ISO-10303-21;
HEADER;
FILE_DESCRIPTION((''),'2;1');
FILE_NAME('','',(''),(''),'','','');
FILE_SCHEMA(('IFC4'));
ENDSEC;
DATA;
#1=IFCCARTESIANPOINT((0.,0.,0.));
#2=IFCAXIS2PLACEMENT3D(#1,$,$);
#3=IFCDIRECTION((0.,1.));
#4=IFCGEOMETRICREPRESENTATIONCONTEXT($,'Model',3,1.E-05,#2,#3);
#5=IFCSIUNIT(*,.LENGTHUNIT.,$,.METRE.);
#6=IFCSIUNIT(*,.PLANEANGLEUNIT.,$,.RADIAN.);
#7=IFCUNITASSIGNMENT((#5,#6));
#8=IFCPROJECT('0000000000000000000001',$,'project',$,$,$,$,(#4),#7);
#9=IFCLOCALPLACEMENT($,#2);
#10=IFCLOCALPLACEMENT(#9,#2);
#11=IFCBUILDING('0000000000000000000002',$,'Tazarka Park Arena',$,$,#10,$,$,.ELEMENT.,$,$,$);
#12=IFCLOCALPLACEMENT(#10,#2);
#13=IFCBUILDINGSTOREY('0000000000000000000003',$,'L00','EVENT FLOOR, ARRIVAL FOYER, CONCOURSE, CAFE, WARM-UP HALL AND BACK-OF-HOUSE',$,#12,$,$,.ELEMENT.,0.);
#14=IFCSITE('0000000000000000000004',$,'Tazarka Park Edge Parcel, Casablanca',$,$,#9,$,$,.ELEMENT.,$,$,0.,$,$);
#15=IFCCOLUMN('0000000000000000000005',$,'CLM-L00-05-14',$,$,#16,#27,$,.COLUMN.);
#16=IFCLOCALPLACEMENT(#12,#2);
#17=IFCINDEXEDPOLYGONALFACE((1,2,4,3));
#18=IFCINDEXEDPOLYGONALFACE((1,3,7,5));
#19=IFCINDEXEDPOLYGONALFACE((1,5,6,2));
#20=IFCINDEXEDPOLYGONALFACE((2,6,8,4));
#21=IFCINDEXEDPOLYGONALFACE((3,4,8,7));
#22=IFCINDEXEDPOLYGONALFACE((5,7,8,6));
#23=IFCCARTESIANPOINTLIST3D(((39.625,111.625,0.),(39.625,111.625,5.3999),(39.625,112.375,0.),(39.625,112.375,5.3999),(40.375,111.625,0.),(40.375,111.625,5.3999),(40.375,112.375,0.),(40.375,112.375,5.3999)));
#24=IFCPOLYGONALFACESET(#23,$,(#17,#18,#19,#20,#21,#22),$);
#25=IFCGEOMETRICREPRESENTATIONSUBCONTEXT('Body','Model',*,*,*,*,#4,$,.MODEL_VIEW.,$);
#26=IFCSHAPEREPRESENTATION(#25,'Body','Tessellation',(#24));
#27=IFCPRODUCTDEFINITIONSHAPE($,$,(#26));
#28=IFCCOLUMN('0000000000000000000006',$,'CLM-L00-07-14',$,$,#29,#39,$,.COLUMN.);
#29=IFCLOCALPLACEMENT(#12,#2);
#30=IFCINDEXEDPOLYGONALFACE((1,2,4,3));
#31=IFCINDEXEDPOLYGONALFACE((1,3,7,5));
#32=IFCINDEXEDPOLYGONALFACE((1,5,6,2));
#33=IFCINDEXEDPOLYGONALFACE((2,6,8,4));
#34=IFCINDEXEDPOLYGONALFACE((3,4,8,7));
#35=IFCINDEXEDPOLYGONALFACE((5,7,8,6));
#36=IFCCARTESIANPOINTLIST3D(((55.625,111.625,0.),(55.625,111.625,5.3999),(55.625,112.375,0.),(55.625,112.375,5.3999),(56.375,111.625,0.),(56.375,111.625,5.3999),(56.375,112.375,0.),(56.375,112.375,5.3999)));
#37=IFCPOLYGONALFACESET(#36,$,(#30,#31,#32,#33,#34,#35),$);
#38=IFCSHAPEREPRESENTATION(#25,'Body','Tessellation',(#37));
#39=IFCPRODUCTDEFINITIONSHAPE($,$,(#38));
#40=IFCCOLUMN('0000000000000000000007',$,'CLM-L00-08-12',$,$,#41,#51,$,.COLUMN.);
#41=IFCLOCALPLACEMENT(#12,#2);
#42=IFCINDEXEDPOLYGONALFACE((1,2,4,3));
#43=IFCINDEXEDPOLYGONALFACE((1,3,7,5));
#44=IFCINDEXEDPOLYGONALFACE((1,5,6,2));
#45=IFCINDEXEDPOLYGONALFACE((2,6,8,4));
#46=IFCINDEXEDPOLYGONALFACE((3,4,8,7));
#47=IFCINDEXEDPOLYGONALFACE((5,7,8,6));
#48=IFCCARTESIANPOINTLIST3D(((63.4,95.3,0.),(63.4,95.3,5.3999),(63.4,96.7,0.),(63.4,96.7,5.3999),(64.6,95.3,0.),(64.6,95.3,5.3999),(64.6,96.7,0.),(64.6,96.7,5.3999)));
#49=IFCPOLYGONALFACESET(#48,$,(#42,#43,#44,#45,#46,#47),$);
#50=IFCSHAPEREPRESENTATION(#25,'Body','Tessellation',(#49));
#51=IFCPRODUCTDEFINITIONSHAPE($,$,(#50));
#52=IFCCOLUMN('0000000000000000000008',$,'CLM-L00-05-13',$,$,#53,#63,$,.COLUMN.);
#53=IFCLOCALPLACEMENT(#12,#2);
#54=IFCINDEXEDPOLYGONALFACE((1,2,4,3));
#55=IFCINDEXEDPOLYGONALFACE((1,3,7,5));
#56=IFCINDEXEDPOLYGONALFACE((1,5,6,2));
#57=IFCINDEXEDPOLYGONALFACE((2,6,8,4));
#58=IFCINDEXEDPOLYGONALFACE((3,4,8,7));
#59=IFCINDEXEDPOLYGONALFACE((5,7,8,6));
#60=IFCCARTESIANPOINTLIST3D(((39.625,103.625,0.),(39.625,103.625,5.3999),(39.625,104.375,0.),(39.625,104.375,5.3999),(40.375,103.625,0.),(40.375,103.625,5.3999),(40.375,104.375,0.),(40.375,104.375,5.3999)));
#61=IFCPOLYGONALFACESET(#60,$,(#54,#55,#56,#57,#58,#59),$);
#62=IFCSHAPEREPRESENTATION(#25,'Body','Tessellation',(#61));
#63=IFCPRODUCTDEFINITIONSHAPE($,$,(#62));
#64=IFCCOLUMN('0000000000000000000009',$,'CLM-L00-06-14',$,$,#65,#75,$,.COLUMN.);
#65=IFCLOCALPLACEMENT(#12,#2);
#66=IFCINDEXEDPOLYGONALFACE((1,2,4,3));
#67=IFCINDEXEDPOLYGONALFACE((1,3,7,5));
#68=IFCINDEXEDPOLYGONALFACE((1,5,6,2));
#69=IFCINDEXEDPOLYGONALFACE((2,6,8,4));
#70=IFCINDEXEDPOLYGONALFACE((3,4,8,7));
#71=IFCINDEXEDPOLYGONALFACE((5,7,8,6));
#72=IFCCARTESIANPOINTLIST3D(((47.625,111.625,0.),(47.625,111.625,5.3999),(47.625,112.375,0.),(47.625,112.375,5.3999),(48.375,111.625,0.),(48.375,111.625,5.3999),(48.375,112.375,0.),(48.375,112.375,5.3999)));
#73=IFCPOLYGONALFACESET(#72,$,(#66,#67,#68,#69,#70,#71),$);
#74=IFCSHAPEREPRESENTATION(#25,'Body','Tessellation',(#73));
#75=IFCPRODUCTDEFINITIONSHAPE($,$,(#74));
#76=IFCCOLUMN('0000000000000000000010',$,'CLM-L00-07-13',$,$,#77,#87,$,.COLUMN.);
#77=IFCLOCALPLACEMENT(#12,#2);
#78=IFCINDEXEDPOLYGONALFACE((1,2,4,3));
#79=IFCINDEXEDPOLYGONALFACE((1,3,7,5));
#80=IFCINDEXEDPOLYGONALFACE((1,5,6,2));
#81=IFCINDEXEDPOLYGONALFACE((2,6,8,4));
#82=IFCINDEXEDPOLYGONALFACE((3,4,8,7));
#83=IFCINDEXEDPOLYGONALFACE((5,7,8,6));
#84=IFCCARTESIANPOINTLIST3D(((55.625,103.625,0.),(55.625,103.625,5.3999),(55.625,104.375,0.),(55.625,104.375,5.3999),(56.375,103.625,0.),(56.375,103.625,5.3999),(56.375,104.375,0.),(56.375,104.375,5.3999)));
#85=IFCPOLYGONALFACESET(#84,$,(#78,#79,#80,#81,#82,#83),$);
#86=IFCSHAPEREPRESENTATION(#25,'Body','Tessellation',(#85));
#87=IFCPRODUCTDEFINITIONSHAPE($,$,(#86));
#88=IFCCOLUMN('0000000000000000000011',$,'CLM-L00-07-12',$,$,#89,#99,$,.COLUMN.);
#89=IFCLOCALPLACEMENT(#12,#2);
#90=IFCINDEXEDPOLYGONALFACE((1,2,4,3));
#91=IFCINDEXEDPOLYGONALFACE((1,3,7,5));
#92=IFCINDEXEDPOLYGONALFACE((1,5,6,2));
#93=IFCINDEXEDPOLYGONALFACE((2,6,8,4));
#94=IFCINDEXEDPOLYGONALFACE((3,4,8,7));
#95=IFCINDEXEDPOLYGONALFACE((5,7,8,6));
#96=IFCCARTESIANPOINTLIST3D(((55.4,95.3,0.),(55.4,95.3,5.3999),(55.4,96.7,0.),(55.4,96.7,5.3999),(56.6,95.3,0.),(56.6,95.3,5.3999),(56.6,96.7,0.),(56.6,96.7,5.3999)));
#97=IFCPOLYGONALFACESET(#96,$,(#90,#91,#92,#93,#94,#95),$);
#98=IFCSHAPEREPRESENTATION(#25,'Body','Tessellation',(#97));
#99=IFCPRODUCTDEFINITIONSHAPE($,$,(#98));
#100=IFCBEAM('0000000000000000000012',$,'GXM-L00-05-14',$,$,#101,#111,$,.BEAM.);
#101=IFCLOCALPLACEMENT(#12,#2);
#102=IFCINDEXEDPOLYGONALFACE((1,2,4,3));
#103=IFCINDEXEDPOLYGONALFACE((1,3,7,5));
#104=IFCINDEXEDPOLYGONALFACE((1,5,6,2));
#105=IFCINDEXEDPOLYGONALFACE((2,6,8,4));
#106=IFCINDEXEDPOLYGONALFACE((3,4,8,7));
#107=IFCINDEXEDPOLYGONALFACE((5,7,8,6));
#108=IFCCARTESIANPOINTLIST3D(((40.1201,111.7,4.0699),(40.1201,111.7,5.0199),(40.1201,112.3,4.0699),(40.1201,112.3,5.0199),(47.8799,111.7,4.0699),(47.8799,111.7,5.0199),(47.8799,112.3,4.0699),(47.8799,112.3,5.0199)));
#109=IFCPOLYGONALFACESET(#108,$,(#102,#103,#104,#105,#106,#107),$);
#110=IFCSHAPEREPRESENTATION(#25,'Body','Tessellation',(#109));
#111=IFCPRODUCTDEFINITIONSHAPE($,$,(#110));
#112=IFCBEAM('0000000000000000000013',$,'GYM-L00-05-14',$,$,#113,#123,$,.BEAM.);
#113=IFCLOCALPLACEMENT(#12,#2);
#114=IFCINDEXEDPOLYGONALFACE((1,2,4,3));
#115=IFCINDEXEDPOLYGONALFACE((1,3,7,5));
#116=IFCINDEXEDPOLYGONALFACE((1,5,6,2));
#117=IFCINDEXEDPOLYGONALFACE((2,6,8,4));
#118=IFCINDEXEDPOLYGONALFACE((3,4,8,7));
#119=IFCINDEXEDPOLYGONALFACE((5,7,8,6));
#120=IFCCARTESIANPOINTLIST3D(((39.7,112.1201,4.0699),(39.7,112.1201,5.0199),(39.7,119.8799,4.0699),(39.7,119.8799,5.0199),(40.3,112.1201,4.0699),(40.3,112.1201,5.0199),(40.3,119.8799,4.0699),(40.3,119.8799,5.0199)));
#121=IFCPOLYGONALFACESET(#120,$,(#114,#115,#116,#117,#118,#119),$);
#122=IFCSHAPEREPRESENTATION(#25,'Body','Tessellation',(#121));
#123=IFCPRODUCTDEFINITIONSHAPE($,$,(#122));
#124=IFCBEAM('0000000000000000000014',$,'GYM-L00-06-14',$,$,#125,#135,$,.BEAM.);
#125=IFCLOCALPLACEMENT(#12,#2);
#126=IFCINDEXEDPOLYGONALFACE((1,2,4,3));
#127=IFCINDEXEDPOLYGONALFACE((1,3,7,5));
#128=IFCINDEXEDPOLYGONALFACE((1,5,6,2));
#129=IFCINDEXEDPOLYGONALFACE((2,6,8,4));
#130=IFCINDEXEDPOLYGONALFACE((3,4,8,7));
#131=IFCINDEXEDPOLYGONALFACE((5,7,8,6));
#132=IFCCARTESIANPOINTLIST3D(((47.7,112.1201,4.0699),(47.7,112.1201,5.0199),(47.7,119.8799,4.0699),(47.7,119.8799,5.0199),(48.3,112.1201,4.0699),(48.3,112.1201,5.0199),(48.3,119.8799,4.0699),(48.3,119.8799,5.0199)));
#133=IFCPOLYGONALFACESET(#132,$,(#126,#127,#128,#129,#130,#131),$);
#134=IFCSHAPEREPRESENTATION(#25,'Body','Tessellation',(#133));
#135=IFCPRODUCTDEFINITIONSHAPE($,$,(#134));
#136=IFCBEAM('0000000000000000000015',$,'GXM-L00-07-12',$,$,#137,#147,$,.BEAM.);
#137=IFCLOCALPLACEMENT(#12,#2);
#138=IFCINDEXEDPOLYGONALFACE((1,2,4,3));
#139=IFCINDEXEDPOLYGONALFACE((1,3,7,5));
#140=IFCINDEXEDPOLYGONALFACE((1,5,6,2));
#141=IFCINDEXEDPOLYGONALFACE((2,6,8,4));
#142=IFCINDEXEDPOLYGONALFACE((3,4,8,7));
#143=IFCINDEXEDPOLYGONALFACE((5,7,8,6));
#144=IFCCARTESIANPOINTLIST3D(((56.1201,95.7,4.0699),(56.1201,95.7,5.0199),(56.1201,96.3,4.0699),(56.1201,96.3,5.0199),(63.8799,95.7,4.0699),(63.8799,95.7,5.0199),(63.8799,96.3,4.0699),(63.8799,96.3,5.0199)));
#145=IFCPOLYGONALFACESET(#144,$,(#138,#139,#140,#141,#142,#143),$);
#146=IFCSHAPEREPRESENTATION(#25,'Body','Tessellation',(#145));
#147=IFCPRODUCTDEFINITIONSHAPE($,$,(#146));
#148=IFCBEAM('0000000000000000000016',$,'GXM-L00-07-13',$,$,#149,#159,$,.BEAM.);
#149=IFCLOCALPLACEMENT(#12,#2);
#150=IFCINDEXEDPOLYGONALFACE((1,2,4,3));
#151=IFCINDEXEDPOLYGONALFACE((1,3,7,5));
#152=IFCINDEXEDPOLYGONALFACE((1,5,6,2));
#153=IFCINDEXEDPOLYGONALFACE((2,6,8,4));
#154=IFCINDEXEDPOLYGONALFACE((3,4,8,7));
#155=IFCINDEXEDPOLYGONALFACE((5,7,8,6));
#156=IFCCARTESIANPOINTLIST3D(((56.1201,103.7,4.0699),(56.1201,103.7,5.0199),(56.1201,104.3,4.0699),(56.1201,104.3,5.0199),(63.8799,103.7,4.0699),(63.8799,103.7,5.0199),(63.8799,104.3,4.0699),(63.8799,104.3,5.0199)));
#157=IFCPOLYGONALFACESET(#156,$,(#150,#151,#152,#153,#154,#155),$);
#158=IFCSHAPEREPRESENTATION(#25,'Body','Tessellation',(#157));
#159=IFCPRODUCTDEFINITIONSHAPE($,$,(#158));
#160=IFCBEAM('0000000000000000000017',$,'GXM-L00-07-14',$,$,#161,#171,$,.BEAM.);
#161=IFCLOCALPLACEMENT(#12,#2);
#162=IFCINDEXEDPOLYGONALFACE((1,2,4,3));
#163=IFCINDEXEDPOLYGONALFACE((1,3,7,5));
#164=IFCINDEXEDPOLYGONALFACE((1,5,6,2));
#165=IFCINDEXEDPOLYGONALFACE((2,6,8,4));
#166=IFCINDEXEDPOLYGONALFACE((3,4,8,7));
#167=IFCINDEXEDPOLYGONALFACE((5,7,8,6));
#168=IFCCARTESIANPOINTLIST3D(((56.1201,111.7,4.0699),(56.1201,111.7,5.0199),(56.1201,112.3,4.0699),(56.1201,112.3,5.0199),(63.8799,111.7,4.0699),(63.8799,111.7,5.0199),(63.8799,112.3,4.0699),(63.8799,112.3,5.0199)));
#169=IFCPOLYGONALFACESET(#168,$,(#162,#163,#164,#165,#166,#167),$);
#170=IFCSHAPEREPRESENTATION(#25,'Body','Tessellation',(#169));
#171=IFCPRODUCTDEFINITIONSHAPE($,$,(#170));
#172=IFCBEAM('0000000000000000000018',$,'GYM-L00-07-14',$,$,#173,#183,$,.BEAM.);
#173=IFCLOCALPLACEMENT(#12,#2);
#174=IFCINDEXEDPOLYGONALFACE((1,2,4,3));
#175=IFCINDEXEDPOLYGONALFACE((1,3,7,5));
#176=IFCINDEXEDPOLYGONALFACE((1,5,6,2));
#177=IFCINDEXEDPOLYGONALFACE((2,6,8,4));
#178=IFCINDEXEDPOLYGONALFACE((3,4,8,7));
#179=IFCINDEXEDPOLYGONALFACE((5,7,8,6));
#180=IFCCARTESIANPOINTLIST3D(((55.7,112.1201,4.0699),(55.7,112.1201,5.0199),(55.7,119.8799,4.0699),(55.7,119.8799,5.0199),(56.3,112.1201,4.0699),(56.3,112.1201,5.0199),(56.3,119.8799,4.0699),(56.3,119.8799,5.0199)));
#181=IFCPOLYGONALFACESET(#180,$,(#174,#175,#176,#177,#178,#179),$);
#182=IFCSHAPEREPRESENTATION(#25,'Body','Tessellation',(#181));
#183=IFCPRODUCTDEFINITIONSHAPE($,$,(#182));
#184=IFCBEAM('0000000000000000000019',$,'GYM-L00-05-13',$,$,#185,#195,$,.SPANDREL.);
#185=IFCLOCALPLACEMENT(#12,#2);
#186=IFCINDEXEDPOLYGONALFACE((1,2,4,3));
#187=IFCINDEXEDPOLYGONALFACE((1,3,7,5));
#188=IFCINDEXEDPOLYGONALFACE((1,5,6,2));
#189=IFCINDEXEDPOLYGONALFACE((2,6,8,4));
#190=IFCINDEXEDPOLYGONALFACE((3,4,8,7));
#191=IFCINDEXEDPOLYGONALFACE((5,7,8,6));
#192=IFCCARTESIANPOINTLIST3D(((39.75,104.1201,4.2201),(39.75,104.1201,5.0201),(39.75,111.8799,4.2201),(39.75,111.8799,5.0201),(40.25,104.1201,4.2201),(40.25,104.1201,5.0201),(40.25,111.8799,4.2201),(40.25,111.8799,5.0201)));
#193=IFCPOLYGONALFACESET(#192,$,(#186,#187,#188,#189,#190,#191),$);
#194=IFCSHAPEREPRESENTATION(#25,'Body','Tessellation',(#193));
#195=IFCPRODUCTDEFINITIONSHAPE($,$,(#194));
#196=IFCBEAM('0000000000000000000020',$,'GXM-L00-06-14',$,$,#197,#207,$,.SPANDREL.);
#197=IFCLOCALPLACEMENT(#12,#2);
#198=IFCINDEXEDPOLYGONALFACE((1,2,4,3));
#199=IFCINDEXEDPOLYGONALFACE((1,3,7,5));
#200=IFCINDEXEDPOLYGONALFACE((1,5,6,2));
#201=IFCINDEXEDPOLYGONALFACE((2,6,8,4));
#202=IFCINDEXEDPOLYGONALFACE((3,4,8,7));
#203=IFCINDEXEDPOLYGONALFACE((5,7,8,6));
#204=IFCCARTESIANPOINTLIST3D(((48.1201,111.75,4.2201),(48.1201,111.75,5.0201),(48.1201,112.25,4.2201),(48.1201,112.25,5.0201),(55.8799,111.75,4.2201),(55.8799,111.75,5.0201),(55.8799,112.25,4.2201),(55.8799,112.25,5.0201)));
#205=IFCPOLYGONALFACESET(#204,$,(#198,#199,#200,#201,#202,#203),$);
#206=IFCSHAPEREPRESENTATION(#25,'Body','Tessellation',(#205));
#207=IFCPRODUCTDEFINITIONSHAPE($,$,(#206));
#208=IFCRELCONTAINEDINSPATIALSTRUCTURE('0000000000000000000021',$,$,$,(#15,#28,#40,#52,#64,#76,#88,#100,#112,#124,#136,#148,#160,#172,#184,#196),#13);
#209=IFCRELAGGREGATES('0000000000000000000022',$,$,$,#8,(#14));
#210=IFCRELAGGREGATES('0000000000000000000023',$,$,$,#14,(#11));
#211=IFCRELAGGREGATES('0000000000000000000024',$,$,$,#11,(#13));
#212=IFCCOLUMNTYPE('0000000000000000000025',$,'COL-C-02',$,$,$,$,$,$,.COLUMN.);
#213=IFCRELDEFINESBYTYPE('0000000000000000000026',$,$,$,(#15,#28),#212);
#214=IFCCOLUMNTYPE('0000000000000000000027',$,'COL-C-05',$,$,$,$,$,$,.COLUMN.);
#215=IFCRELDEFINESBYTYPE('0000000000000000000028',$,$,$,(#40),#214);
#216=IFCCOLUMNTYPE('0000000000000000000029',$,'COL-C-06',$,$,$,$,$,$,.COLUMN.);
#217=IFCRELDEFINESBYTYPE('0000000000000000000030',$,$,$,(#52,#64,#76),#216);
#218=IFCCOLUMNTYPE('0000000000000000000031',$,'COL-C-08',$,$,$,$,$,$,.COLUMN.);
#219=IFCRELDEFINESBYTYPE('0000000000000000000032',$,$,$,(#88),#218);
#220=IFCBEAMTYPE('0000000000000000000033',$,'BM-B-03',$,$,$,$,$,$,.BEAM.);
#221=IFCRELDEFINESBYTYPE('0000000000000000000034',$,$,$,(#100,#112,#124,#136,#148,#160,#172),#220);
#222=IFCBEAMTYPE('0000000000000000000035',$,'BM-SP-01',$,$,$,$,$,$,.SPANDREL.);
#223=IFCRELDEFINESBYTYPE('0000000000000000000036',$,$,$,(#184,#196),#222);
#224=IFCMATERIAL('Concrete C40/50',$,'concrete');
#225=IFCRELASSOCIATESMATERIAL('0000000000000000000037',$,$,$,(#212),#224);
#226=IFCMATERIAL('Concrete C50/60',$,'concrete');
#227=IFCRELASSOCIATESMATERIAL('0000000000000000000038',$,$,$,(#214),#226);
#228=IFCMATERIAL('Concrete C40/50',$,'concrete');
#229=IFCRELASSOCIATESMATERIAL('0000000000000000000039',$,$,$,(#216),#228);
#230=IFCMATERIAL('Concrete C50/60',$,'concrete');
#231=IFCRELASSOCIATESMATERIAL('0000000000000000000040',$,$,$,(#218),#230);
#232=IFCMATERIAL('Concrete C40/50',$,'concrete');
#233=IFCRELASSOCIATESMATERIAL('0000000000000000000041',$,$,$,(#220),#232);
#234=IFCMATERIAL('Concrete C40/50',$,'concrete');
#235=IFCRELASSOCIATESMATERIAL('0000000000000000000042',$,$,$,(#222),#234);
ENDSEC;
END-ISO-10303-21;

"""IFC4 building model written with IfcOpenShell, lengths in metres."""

from ifc_helpers import new_model, si_unit, direction, frame, origin, origin_2d, place, context, subcontext, project, spatial, rectangle, extrude, material, material_profile, profile_set, type_object, element, save


model = new_model("IFC4")

# Units and contexts
model_context = context("Model", 3, precision=1e-05, world=origin(), true_north=direction((0.0, 1.0)))
body_context = subcontext(model_context, "Body", "Model", "MODEL_VIEW")
ifc_project = project(units=[si_unit("LENGTHUNIT", "METRE"), si_unit("PLANEANGLEUNIT", "RADIAN")], contexts=[model_context])

# Site, building, storey
site_placement = place(None, origin())
site = spatial("IfcSite", under=ifc_project, at=site_placement, Name="Tazarka Park Edge Parcel, Casablanca", CompositionType="ELEMENT", RefElevation=0.0)
building_placement = place(site_placement, origin())
building = spatial("IfcBuilding", under=site, at=building_placement, Name="Tazarka Park Arena", CompositionType="ELEMENT")
storey_placement = place(building_placement, origin())
storey = spatial("IfcBuildingStorey", under=building, at=storey_placement, Name="L00", Description="EVENT FLOOR, ARRIVAL FOYER, CONCOURSE, CAFE, WARM-UP HALL AND BACK-OF-HOUSE", CompositionType="ELEMENT", Elevation=0.0)

# Columns
ifc_material_1 = material(Name="Concrete C40/50", Category="concrete")
ifc_material_profile_1 = material_profile(ifc_material_1, rectangle(XDim=0.75, YDim=0.75, at=origin_2d()), Name="Concrete C40/50")
ifc_profile_set_1 = profile_set([ifc_material_profile_1], Name="Concrete C40/50")
column_type_1 = type_object("IfcColumnType", Name="COL-C-02", PredefinedType="COLUMN", material=ifc_profile_set_1)
for number, where, z_axis, x_axis, name in (
    (1, (40.0, 112.0, 0.0), (0.0, 0.0, 1.0), (1.0, 0.0, 0.0), "CLM-L00-05-14"),
    (2, (56.0, 112.0, 0.0), (0.0, 0.0, 1.0), (1.0, 0.0, 0.0), "CLM-L00-07-14"),
):
    element("IfcColumn", number, at=place(storey_placement, frame(where, z_axis=z_axis, x_axis=x_axis)), inside=storey, type_object=column_type_1, Name=name, PredefinedType="COLUMN", context=body_context, shape_type="SweptSolid", body=[
        extrude(rectangle(XDim=0.75, YDim=0.75, at=origin_2d()), origin(), (0.0, 0.0, 1.0), 5.3999),
    ])
ifc_material_2 = material(Name="Concrete C50/60", Category="concrete")
ifc_material_profile_2 = material_profile(ifc_material_2, rectangle(XDim=1.2, YDim=1.3999, at=origin_2d()), Name="Concrete C50/60")
ifc_profile_set_2 = profile_set([ifc_material_profile_2], Name="Concrete C50/60")
column_type_2 = type_object("IfcColumnType", Name="COL-C-05", PredefinedType="COLUMN", material=ifc_profile_set_2)
column_1_placement = place(storey_placement, frame((64.0, 96.0, 0.0), z_axis=(0.0, 0.0, 1.0), x_axis=(1.0, 0.0, 0.0)))
element("IfcColumn", 3, at=column_1_placement, inside=storey, type_object=column_type_2, Name="CLM-L00-08-12", PredefinedType="COLUMN", context=body_context, shape_type="SweptSolid", body=[
    extrude(rectangle(XDim=1.2, YDim=1.3999, at=origin_2d()), origin(), (0.0, 0.0, 1.0), 5.3999),
])
ifc_material_3 = material(Name="Concrete C40/50", Category="concrete")
ifc_material_profile_3 = material_profile(ifc_material_3, rectangle(XDim=0.75, YDim=0.75, at=origin_2d()), Name="Concrete C40/50")
ifc_profile_set_3 = profile_set([ifc_material_profile_3], Name="Concrete C40/50")
column_type_3 = type_object("IfcColumnType", Name="COL-C-06", PredefinedType="COLUMN", material=ifc_profile_set_3)
for number, where, z_axis, x_axis, name in (
    (4, (40.0, 104.0, 0.0), (0.0, 0.0, 1.0), (1.0, 0.0, 0.0), "CLM-L00-05-13"),
    (5, (48.0, 112.0, 0.0), (0.0, 0.0, 1.0), (1.0, 0.0, 0.0), "CLM-L00-06-14"),
    (6, (56.0, 104.0, 0.0), (0.0, 0.0, 1.0), (1.0, 0.0, 0.0), "CLM-L00-07-13"),
):
    element("IfcColumn", number, at=place(storey_placement, frame(where, z_axis=z_axis, x_axis=x_axis)), inside=storey, type_object=column_type_3, Name=name, PredefinedType="COLUMN", context=body_context, shape_type="SweptSolid", body=[
        extrude(rectangle(XDim=0.75, YDim=0.75, at=origin_2d()), origin(), (0.0, 0.0, 1.0), 5.3999),
    ])
ifc_material_4 = material(Name="Concrete C50/60", Category="concrete")
ifc_material_profile_4 = material_profile(ifc_material_4, rectangle(XDim=1.2, YDim=1.3999, at=origin_2d()), Name="Concrete C50/60")
ifc_profile_set_4 = profile_set([ifc_material_profile_4], Name="Concrete C50/60")
column_type_4 = type_object("IfcColumnType", Name="COL-C-08", PredefinedType="COLUMN", material=ifc_profile_set_4)
column_2_placement = place(storey_placement, frame((56.0, 96.0, 0.0), z_axis=(0.0, 0.0, 1.0), x_axis=(1.0, 0.0, 0.0)))
element("IfcColumn", 7, at=column_2_placement, inside=storey, type_object=column_type_4, Name="CLM-L00-07-12", PredefinedType="COLUMN", context=body_context, shape_type="SweptSolid", body=[
    extrude(rectangle(XDim=1.2, YDim=1.3999, at=origin_2d()), origin(), (0.0, 0.0, 1.0), 5.3999),
])

# Beams
ifc_material_5 = material(Name="Concrete C40/50", Category="concrete")
ifc_material_profile_5 = material_profile(ifc_material_5, rectangle(XDim=0.6001, YDim=0.95, at=origin_2d()), Name="Concrete C40/50")
ifc_profile_set_5 = profile_set([ifc_material_profile_5], Name="Concrete C40/50")
beam_type_1 = type_object("IfcBeamType", Name="BM-B-03", PredefinedType="BEAM", material=ifc_profile_set_5)
for number, where, z_axis, x_axis, name in (
    (8, (40.1201, 112.0, 4.5449), (1.0, 0.0, 0.0), (0.0, 1.0, 0.0), "GXM-L00-05-14"),
    (9, (40.0, 112.1201, 4.5449), (0.0, 1.0, 0.0), (-1.0, 0.0, 0.0), "GYM-L00-05-14"),
    (10, (48.0, 112.1201, 4.5449), (0.0, 1.0, 0.0), (-1.0, 0.0, 0.0), "GYM-L00-06-14"),
    (11, (56.1201, 96.0, 4.5449), (1.0, 0.0, 0.0), (0.0, 1.0, 0.0), "GXM-L00-07-12"),
    (12, (56.1201, 104.0, 4.5449), (1.0, 0.0, 0.0), (0.0, 1.0, 0.0), "GXM-L00-07-13"),
    (13, (56.1201, 112.0, 4.5449), (1.0, 0.0, 0.0), (0.0, 1.0, 0.0), "GXM-L00-07-14"),
    (14, (56.0, 112.1201, 4.5449), (0.0, 1.0, 0.0), (-1.0, 0.0, 0.0), "GYM-L00-07-14"),
):
    element("IfcBeam", number, at=place(storey_placement, frame(where, z_axis=z_axis, x_axis=x_axis)), inside=storey, type_object=beam_type_1, Name=name, PredefinedType="BEAM", context=body_context, shape_type="SweptSolid", body=[
        extrude(rectangle(XDim=0.6001, YDim=0.95, at=origin_2d()), origin(), (0.0, 0.0, 1.0), 7.7598),
    ])
ifc_material_6 = material(Name="Concrete C40/50", Category="concrete")
ifc_material_profile_6 = material_profile(ifc_material_6, rectangle(XDim=0.5, YDim=0.8, at=origin_2d()), Name="Concrete C40/50")
ifc_profile_set_6 = profile_set([ifc_material_profile_6], Name="Concrete C40/50")
beam_type_2 = type_object("IfcBeamType", Name="BM-SP-01", PredefinedType="SPANDREL", material=ifc_profile_set_6)
for number, where, z_axis, x_axis, name in (
    (15, (40.0, 104.1201, 4.6201), (0.0, 1.0, 0.0), (-1.0, 0.0, 0.0), "GYM-L00-05-13"),
    (16, (48.1201, 112.0, 4.6201), (1.0, 0.0, 0.0), (0.0, 1.0, 0.0), "GXM-L00-06-14"),
):
    element("IfcBeam", number, at=place(storey_placement, frame(where, z_axis=z_axis, x_axis=x_axis)), inside=storey, type_object=beam_type_2, Name=name, PredefinedType="SPANDREL", context=body_context, shape_type="SweptSolid", body=[
        extrude(rectangle(XDim=0.5, YDim=0.8, at=origin_2d()), origin(), (0.0, 0.0, 1.0), 7.7598),
    ])

save(model, "model.ifc")
